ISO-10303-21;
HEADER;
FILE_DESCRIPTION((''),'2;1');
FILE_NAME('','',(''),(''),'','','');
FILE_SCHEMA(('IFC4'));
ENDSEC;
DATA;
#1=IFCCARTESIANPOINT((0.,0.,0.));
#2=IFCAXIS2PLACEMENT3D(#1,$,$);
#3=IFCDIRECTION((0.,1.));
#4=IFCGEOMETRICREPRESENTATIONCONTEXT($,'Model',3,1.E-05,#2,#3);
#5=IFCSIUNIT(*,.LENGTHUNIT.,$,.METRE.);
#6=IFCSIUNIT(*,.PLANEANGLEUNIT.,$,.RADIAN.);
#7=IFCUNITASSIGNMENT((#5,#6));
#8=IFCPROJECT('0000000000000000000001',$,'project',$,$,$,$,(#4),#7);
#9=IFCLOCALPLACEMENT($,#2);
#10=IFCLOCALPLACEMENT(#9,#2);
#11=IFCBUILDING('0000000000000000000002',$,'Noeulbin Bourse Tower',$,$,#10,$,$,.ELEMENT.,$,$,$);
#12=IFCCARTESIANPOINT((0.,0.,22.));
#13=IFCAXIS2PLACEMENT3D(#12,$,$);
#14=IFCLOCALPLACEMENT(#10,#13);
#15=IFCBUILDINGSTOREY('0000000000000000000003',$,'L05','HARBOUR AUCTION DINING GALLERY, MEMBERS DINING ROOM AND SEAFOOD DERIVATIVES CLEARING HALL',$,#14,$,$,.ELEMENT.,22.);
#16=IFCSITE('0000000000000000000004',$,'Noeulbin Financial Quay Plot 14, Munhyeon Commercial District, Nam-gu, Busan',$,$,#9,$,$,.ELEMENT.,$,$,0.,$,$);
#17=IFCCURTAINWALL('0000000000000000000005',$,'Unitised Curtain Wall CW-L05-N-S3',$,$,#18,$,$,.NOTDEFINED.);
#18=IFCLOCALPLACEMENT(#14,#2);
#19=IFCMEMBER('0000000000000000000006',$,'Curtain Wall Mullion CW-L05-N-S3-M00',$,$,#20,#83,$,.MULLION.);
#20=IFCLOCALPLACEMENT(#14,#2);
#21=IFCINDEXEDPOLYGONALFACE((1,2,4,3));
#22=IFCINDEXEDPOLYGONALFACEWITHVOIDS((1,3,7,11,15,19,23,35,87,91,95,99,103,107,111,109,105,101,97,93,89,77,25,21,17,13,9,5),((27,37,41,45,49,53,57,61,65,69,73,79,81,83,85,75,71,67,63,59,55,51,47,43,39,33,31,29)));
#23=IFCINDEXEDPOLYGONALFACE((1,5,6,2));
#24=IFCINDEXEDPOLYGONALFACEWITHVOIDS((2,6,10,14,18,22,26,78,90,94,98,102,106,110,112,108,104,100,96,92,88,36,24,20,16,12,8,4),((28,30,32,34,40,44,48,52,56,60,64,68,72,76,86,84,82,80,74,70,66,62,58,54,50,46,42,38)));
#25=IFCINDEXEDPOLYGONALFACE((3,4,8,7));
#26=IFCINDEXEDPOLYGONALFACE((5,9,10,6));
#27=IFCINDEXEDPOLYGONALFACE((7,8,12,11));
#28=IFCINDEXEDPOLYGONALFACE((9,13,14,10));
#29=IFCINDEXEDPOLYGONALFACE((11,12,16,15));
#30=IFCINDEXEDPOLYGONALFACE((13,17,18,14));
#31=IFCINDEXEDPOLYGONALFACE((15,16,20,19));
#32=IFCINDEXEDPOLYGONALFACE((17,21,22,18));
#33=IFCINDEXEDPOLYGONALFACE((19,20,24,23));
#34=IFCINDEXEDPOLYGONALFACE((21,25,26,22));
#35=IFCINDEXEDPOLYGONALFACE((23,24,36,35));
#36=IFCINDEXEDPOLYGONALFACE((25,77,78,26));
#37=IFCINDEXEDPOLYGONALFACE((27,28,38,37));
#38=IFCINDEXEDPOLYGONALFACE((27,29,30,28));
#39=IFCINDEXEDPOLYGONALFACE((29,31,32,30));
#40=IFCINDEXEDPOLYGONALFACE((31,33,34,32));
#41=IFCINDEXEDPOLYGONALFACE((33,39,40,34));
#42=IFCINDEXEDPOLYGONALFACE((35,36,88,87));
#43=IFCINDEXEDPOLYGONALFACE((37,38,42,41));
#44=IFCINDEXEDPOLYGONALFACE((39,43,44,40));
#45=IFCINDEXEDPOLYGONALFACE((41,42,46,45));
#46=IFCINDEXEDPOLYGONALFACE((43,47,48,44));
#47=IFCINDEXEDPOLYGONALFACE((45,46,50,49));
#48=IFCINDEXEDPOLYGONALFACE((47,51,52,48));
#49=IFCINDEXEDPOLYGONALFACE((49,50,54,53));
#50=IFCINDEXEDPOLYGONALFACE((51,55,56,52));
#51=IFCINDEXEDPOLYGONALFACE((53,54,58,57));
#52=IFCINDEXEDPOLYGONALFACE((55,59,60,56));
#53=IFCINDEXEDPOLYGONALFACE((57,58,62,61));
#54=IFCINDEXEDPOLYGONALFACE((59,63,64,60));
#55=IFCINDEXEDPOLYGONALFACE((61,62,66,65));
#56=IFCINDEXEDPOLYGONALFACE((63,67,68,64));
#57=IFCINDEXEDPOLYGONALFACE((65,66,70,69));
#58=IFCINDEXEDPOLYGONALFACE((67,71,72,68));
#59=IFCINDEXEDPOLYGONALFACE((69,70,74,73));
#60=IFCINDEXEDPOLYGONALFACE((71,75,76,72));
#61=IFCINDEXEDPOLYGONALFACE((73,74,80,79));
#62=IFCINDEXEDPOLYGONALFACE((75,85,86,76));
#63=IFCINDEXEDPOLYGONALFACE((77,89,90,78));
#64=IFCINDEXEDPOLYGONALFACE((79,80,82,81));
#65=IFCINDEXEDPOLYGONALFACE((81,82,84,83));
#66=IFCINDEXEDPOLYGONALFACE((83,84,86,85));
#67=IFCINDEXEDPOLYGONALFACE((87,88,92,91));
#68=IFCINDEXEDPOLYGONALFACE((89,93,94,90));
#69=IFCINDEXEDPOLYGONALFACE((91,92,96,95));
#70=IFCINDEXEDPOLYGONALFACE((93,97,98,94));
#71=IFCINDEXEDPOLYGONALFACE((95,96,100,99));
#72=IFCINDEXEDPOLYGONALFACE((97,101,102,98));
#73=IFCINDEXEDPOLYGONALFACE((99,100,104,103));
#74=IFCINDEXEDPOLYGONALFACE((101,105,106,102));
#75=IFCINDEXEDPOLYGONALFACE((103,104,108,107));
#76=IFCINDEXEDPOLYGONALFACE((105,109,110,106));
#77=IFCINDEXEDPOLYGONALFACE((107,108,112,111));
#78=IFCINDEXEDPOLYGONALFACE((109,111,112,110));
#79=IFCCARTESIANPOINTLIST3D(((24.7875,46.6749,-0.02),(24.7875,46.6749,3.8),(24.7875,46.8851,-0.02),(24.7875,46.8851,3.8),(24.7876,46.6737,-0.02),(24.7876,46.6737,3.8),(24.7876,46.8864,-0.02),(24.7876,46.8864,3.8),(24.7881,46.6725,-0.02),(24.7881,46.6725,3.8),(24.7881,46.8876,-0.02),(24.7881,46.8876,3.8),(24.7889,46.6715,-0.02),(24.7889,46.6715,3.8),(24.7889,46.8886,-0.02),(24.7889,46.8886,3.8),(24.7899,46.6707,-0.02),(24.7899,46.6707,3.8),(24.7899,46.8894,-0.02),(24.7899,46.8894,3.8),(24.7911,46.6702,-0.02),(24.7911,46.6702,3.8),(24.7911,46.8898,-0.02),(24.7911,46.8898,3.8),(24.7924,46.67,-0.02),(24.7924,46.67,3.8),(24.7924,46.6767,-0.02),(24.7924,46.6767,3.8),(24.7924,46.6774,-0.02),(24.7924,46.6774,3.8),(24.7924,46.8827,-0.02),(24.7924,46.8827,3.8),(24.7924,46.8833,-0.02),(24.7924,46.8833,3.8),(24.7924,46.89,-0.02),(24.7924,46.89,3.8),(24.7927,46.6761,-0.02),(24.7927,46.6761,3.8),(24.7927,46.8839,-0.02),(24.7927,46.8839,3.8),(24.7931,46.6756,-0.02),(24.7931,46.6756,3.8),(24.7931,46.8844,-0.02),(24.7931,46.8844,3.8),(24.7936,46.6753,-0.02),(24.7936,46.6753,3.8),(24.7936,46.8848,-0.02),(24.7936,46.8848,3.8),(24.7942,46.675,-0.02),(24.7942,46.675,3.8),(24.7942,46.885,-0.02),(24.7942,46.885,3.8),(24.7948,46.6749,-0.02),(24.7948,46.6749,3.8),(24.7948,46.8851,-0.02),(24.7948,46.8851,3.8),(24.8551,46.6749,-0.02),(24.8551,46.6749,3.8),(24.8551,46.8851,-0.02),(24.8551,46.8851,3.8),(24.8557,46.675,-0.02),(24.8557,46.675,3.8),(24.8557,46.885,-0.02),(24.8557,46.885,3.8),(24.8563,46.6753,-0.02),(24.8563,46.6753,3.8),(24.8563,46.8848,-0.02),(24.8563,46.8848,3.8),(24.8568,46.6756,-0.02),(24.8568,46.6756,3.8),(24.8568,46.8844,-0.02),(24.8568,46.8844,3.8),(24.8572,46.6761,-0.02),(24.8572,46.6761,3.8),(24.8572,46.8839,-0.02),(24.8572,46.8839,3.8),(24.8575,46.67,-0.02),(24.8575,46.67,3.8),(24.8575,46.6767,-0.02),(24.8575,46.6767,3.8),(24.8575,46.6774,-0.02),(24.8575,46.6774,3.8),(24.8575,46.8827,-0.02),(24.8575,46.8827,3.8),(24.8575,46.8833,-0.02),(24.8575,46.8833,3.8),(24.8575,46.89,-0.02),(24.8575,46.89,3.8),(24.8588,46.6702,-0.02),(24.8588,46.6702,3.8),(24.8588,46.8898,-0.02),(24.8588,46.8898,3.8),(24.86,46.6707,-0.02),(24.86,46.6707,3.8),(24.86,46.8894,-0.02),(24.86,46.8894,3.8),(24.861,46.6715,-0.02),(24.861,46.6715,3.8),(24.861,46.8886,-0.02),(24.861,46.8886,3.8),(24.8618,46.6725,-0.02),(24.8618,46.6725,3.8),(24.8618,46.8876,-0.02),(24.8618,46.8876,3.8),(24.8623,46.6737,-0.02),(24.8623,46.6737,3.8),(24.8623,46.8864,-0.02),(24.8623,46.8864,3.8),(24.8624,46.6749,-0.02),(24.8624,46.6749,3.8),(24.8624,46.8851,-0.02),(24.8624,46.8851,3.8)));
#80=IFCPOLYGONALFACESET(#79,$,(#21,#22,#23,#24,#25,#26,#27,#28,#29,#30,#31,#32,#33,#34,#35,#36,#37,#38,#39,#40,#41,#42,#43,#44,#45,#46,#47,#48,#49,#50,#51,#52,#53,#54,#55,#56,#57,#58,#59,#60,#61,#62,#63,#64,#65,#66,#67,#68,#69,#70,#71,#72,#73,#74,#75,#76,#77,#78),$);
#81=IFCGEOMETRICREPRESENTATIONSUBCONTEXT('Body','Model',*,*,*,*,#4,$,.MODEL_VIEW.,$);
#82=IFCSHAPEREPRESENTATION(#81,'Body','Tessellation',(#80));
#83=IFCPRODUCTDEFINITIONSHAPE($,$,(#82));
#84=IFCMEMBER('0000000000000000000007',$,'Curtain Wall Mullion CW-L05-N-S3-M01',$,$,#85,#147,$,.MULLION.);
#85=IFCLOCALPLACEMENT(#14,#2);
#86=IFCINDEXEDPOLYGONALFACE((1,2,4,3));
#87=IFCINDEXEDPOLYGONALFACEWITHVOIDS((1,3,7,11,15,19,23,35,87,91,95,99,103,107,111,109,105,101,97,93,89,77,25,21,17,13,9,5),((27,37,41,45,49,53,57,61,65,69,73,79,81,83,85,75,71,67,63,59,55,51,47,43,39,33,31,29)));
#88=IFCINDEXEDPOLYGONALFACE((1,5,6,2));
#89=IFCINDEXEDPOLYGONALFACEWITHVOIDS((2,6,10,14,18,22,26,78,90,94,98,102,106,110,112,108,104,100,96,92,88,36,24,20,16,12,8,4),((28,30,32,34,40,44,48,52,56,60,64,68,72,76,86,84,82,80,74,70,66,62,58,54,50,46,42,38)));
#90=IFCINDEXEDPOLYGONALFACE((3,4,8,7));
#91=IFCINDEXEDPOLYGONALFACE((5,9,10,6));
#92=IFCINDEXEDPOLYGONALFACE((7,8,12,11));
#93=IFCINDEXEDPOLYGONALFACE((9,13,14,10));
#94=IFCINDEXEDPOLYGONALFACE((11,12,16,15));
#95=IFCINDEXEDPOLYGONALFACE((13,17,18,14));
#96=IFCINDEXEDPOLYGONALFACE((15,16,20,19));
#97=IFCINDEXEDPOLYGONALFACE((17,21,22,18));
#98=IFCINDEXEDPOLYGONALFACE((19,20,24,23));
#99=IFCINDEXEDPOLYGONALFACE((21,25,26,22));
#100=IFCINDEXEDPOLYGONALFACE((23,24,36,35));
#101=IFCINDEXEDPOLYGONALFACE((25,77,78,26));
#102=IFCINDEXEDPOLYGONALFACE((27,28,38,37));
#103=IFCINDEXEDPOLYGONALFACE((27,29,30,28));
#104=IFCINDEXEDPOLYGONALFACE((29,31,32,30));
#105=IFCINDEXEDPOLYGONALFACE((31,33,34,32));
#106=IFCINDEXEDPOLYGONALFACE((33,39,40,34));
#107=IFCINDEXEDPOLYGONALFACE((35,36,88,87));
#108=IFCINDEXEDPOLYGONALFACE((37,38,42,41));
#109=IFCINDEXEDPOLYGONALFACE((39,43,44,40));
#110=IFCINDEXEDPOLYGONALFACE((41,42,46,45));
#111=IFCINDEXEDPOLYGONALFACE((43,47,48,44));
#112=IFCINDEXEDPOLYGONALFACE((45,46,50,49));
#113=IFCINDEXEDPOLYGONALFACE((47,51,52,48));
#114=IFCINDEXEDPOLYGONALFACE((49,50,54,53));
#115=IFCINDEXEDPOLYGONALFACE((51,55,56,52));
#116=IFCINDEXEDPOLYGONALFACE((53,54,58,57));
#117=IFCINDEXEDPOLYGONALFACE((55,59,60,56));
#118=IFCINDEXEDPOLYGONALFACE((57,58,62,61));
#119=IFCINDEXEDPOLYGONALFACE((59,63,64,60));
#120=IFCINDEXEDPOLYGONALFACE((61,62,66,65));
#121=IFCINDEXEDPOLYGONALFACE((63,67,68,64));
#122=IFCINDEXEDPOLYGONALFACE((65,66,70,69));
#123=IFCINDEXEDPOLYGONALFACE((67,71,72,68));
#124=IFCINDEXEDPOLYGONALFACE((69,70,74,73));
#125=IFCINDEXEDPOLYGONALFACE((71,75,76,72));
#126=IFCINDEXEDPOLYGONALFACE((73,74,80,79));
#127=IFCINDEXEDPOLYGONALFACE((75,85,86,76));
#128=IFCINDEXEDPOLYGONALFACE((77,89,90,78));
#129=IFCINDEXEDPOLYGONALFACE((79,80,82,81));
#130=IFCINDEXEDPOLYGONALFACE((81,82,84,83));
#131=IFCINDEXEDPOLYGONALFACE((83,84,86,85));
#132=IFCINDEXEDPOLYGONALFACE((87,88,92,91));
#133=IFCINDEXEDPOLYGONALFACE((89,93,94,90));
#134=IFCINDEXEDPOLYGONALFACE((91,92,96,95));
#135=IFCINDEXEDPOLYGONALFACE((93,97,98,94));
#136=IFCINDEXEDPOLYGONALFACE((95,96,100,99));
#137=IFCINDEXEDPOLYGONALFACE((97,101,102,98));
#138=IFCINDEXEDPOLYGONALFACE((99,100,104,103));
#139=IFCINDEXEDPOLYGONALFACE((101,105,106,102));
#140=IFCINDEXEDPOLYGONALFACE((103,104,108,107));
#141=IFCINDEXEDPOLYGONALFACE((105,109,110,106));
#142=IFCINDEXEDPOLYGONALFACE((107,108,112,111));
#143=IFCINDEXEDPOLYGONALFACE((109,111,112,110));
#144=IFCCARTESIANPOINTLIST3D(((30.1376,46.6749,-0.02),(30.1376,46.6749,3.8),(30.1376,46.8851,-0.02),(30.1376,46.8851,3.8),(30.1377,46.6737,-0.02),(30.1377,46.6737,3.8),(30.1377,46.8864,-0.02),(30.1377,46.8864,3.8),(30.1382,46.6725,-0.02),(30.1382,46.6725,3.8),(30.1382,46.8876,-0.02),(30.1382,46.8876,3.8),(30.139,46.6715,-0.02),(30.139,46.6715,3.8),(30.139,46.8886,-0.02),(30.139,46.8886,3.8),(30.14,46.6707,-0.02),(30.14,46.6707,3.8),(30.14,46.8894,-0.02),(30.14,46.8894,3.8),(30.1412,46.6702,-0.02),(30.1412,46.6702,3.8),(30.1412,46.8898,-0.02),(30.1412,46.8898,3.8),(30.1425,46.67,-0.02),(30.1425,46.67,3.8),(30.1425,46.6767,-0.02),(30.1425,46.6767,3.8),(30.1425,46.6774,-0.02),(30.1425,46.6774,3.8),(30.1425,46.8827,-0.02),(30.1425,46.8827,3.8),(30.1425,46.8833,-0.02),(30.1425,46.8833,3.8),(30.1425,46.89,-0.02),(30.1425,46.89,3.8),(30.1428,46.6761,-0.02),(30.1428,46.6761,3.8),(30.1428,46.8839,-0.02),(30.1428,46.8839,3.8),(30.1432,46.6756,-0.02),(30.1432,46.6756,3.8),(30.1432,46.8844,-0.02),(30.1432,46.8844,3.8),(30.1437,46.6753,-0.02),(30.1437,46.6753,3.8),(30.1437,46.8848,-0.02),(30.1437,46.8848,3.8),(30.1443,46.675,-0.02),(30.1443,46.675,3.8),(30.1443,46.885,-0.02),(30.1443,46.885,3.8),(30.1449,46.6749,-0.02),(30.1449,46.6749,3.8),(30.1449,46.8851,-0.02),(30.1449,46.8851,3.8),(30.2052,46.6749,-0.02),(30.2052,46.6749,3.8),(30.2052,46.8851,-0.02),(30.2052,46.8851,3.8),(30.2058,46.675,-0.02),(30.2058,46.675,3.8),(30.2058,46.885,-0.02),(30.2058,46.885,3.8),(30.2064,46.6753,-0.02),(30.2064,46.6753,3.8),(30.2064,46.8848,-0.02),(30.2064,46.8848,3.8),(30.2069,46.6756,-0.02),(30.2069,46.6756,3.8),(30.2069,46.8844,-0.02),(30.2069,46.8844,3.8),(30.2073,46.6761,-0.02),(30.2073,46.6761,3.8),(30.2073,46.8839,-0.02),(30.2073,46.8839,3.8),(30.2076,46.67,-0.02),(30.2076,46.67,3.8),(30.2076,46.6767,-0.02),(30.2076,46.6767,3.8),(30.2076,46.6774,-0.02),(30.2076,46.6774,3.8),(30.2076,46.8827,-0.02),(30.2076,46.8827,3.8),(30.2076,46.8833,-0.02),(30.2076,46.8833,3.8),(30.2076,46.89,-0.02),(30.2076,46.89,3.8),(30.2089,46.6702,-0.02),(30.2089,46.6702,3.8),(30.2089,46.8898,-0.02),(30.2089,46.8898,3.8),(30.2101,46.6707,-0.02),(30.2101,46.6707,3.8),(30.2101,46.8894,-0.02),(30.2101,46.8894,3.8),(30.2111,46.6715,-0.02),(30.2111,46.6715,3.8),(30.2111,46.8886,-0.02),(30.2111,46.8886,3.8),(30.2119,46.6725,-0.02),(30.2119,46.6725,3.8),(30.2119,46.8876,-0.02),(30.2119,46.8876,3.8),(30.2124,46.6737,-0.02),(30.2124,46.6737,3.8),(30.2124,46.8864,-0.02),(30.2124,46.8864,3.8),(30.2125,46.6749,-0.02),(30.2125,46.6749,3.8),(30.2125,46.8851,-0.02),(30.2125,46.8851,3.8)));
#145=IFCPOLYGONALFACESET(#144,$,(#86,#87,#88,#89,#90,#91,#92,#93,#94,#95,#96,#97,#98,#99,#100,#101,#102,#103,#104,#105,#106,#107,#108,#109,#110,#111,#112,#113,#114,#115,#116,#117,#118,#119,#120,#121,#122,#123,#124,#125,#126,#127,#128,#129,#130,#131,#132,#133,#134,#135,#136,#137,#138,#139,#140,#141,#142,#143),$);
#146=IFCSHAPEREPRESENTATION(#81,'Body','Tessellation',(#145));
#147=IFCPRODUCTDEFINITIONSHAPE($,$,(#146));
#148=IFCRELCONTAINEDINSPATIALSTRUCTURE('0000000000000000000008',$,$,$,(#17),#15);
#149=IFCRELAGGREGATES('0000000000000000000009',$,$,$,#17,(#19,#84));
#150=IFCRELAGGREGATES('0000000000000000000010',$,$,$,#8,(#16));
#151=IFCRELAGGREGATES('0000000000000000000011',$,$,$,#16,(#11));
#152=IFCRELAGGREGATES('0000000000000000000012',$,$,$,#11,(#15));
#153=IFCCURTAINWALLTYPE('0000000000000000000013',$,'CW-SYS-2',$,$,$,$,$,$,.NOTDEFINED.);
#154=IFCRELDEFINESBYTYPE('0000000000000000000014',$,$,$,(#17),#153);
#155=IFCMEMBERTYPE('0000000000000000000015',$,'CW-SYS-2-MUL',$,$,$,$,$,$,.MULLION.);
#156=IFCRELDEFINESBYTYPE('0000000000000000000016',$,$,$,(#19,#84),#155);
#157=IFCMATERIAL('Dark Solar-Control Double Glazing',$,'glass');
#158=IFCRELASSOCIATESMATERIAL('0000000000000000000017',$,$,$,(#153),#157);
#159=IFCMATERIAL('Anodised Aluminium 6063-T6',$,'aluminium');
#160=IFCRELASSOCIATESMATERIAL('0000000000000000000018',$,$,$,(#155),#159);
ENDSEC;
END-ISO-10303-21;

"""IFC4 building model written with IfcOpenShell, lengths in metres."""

from ifc_helpers import new_model, si_unit, direction, frame, origin, origin_2d, place, context, subcontext, project, spatial, hollow_rectangle, extrude, material, material_profile, profile_set, type_object, element, aggregate, save


model = new_model("IFC4")

# Units and contexts
model_context = context("Model", 3, precision=1e-05, world=origin(), true_north=direction((0.0, 1.0)))
body_context = subcontext(model_context, "Body", "Model", "MODEL_VIEW")
ifc_project = project(units=[si_unit("LENGTHUNIT", "METRE"), si_unit("PLANEANGLEUNIT", "RADIAN")], contexts=[model_context])

# Site, building, storey
site_placement = place(None, origin())
site = spatial("IfcSite", under=ifc_project, at=site_placement, Name="Noeulbin Financial Quay Plot 14, Munhyeon Commercial District, Nam-gu, Busan", CompositionType="ELEMENT", RefElevation=0.0)
building_placement = place(site_placement, origin())
building = spatial("IfcBuilding", under=site, at=building_placement, Name="Noeulbin Bourse Tower", CompositionType="ELEMENT")
storey_placement = place(building_placement, frame((0.0, 0.0, 22.0)))
storey = spatial("IfcBuildingStorey", under=building, at=storey_placement, Name="L05", Description="HARBOUR AUCTION DINING GALLERY, MEMBERS DINING ROOM AND SEAFOOD DERIVATIVES CLEARING HALL", CompositionType="ELEMENT", Elevation=22.0)

# Curtain wall, members
ifc_material_1 = material(Name="Dark Solar-Control Double Glazing", Category="glass")
curtain_wall_type = type_object("IfcCurtainWallType", Name="CW-SYS-2", PredefinedType="NOTDEFINED", material=ifc_material_1)
ifc_material_2 = material(Name="Anodised Aluminium 6063-T6", Category="aluminium")
ifc_material_profile_1 = material_profile(ifc_material_2, hollow_rectangle(XDim=0.075, YDim=0.22, WallThickness=0.0049, InnerFilletRadius=0.0024, OuterFilletRadius=0.0049, at=origin_2d()), Name="ALU-MULL-75x220x5", Category="LoadBearing")
ifc_profile_set_1 = profile_set([ifc_material_profile_1], Name="Anodised Aluminium 6063-T6")
member_type_1 = type_object("IfcMemberType", Name="CW-SYS-2-MUL", PredefinedType="MULLION", material=ifc_profile_set_1)
curtain_wall_1_placement = place(storey_placement, origin())
curtain_wall_1 = element("IfcCurtainWall", 1, at=curtain_wall_1_placement, inside=storey, type_object=curtain_wall_type, Name="Unitised Curtain Wall CW-L05-N-S3", PredefinedType="NOTDEFINED")
member_1_placement = place(storey_placement, frame((24.825, 46.78, -0.02), z_axis=(0.0, 0.0, 1.0), x_axis=(1.0, 0.0, 0.0)))
member_1 = element("IfcMember", 2, at=member_1_placement, type_object=member_type_1, Name="Curtain Wall Mullion CW-L05-N-S3-M00", PredefinedType="MULLION", context=body_context, shape_type="SweptSolid", body=[
    extrude(hollow_rectangle(XDim=0.075, YDim=0.22, WallThickness=0.0049, InnerFilletRadius=0.0024, OuterFilletRadius=0.0049, at=origin_2d()), origin(), (0.0, 0.0, 1.0), 3.8201),
])
member_2_placement = place(storey_placement, frame((30.175, 46.78, -0.02), z_axis=(0.0, 0.0, 1.0), x_axis=(1.0, 0.0, 0.0)))
member_2 = element("IfcMember", 3, at=member_2_placement, type_object=member_type_1, Name="Curtain Wall Mullion CW-L05-N-S3-M01", PredefinedType="MULLION", context=body_context, shape_type="SweptSolid", body=[
    extrude(hollow_rectangle(XDim=0.075, YDim=0.22, WallThickness=0.0049, InnerFilletRadius=0.0024, OuterFilletRadius=0.0049, at=origin_2d()), origin(), (0.0, 0.0, 1.0), 3.8201),
])

aggregate(curtain_wall_1, [member_1, member_2])

save(model, "model.ifc")
